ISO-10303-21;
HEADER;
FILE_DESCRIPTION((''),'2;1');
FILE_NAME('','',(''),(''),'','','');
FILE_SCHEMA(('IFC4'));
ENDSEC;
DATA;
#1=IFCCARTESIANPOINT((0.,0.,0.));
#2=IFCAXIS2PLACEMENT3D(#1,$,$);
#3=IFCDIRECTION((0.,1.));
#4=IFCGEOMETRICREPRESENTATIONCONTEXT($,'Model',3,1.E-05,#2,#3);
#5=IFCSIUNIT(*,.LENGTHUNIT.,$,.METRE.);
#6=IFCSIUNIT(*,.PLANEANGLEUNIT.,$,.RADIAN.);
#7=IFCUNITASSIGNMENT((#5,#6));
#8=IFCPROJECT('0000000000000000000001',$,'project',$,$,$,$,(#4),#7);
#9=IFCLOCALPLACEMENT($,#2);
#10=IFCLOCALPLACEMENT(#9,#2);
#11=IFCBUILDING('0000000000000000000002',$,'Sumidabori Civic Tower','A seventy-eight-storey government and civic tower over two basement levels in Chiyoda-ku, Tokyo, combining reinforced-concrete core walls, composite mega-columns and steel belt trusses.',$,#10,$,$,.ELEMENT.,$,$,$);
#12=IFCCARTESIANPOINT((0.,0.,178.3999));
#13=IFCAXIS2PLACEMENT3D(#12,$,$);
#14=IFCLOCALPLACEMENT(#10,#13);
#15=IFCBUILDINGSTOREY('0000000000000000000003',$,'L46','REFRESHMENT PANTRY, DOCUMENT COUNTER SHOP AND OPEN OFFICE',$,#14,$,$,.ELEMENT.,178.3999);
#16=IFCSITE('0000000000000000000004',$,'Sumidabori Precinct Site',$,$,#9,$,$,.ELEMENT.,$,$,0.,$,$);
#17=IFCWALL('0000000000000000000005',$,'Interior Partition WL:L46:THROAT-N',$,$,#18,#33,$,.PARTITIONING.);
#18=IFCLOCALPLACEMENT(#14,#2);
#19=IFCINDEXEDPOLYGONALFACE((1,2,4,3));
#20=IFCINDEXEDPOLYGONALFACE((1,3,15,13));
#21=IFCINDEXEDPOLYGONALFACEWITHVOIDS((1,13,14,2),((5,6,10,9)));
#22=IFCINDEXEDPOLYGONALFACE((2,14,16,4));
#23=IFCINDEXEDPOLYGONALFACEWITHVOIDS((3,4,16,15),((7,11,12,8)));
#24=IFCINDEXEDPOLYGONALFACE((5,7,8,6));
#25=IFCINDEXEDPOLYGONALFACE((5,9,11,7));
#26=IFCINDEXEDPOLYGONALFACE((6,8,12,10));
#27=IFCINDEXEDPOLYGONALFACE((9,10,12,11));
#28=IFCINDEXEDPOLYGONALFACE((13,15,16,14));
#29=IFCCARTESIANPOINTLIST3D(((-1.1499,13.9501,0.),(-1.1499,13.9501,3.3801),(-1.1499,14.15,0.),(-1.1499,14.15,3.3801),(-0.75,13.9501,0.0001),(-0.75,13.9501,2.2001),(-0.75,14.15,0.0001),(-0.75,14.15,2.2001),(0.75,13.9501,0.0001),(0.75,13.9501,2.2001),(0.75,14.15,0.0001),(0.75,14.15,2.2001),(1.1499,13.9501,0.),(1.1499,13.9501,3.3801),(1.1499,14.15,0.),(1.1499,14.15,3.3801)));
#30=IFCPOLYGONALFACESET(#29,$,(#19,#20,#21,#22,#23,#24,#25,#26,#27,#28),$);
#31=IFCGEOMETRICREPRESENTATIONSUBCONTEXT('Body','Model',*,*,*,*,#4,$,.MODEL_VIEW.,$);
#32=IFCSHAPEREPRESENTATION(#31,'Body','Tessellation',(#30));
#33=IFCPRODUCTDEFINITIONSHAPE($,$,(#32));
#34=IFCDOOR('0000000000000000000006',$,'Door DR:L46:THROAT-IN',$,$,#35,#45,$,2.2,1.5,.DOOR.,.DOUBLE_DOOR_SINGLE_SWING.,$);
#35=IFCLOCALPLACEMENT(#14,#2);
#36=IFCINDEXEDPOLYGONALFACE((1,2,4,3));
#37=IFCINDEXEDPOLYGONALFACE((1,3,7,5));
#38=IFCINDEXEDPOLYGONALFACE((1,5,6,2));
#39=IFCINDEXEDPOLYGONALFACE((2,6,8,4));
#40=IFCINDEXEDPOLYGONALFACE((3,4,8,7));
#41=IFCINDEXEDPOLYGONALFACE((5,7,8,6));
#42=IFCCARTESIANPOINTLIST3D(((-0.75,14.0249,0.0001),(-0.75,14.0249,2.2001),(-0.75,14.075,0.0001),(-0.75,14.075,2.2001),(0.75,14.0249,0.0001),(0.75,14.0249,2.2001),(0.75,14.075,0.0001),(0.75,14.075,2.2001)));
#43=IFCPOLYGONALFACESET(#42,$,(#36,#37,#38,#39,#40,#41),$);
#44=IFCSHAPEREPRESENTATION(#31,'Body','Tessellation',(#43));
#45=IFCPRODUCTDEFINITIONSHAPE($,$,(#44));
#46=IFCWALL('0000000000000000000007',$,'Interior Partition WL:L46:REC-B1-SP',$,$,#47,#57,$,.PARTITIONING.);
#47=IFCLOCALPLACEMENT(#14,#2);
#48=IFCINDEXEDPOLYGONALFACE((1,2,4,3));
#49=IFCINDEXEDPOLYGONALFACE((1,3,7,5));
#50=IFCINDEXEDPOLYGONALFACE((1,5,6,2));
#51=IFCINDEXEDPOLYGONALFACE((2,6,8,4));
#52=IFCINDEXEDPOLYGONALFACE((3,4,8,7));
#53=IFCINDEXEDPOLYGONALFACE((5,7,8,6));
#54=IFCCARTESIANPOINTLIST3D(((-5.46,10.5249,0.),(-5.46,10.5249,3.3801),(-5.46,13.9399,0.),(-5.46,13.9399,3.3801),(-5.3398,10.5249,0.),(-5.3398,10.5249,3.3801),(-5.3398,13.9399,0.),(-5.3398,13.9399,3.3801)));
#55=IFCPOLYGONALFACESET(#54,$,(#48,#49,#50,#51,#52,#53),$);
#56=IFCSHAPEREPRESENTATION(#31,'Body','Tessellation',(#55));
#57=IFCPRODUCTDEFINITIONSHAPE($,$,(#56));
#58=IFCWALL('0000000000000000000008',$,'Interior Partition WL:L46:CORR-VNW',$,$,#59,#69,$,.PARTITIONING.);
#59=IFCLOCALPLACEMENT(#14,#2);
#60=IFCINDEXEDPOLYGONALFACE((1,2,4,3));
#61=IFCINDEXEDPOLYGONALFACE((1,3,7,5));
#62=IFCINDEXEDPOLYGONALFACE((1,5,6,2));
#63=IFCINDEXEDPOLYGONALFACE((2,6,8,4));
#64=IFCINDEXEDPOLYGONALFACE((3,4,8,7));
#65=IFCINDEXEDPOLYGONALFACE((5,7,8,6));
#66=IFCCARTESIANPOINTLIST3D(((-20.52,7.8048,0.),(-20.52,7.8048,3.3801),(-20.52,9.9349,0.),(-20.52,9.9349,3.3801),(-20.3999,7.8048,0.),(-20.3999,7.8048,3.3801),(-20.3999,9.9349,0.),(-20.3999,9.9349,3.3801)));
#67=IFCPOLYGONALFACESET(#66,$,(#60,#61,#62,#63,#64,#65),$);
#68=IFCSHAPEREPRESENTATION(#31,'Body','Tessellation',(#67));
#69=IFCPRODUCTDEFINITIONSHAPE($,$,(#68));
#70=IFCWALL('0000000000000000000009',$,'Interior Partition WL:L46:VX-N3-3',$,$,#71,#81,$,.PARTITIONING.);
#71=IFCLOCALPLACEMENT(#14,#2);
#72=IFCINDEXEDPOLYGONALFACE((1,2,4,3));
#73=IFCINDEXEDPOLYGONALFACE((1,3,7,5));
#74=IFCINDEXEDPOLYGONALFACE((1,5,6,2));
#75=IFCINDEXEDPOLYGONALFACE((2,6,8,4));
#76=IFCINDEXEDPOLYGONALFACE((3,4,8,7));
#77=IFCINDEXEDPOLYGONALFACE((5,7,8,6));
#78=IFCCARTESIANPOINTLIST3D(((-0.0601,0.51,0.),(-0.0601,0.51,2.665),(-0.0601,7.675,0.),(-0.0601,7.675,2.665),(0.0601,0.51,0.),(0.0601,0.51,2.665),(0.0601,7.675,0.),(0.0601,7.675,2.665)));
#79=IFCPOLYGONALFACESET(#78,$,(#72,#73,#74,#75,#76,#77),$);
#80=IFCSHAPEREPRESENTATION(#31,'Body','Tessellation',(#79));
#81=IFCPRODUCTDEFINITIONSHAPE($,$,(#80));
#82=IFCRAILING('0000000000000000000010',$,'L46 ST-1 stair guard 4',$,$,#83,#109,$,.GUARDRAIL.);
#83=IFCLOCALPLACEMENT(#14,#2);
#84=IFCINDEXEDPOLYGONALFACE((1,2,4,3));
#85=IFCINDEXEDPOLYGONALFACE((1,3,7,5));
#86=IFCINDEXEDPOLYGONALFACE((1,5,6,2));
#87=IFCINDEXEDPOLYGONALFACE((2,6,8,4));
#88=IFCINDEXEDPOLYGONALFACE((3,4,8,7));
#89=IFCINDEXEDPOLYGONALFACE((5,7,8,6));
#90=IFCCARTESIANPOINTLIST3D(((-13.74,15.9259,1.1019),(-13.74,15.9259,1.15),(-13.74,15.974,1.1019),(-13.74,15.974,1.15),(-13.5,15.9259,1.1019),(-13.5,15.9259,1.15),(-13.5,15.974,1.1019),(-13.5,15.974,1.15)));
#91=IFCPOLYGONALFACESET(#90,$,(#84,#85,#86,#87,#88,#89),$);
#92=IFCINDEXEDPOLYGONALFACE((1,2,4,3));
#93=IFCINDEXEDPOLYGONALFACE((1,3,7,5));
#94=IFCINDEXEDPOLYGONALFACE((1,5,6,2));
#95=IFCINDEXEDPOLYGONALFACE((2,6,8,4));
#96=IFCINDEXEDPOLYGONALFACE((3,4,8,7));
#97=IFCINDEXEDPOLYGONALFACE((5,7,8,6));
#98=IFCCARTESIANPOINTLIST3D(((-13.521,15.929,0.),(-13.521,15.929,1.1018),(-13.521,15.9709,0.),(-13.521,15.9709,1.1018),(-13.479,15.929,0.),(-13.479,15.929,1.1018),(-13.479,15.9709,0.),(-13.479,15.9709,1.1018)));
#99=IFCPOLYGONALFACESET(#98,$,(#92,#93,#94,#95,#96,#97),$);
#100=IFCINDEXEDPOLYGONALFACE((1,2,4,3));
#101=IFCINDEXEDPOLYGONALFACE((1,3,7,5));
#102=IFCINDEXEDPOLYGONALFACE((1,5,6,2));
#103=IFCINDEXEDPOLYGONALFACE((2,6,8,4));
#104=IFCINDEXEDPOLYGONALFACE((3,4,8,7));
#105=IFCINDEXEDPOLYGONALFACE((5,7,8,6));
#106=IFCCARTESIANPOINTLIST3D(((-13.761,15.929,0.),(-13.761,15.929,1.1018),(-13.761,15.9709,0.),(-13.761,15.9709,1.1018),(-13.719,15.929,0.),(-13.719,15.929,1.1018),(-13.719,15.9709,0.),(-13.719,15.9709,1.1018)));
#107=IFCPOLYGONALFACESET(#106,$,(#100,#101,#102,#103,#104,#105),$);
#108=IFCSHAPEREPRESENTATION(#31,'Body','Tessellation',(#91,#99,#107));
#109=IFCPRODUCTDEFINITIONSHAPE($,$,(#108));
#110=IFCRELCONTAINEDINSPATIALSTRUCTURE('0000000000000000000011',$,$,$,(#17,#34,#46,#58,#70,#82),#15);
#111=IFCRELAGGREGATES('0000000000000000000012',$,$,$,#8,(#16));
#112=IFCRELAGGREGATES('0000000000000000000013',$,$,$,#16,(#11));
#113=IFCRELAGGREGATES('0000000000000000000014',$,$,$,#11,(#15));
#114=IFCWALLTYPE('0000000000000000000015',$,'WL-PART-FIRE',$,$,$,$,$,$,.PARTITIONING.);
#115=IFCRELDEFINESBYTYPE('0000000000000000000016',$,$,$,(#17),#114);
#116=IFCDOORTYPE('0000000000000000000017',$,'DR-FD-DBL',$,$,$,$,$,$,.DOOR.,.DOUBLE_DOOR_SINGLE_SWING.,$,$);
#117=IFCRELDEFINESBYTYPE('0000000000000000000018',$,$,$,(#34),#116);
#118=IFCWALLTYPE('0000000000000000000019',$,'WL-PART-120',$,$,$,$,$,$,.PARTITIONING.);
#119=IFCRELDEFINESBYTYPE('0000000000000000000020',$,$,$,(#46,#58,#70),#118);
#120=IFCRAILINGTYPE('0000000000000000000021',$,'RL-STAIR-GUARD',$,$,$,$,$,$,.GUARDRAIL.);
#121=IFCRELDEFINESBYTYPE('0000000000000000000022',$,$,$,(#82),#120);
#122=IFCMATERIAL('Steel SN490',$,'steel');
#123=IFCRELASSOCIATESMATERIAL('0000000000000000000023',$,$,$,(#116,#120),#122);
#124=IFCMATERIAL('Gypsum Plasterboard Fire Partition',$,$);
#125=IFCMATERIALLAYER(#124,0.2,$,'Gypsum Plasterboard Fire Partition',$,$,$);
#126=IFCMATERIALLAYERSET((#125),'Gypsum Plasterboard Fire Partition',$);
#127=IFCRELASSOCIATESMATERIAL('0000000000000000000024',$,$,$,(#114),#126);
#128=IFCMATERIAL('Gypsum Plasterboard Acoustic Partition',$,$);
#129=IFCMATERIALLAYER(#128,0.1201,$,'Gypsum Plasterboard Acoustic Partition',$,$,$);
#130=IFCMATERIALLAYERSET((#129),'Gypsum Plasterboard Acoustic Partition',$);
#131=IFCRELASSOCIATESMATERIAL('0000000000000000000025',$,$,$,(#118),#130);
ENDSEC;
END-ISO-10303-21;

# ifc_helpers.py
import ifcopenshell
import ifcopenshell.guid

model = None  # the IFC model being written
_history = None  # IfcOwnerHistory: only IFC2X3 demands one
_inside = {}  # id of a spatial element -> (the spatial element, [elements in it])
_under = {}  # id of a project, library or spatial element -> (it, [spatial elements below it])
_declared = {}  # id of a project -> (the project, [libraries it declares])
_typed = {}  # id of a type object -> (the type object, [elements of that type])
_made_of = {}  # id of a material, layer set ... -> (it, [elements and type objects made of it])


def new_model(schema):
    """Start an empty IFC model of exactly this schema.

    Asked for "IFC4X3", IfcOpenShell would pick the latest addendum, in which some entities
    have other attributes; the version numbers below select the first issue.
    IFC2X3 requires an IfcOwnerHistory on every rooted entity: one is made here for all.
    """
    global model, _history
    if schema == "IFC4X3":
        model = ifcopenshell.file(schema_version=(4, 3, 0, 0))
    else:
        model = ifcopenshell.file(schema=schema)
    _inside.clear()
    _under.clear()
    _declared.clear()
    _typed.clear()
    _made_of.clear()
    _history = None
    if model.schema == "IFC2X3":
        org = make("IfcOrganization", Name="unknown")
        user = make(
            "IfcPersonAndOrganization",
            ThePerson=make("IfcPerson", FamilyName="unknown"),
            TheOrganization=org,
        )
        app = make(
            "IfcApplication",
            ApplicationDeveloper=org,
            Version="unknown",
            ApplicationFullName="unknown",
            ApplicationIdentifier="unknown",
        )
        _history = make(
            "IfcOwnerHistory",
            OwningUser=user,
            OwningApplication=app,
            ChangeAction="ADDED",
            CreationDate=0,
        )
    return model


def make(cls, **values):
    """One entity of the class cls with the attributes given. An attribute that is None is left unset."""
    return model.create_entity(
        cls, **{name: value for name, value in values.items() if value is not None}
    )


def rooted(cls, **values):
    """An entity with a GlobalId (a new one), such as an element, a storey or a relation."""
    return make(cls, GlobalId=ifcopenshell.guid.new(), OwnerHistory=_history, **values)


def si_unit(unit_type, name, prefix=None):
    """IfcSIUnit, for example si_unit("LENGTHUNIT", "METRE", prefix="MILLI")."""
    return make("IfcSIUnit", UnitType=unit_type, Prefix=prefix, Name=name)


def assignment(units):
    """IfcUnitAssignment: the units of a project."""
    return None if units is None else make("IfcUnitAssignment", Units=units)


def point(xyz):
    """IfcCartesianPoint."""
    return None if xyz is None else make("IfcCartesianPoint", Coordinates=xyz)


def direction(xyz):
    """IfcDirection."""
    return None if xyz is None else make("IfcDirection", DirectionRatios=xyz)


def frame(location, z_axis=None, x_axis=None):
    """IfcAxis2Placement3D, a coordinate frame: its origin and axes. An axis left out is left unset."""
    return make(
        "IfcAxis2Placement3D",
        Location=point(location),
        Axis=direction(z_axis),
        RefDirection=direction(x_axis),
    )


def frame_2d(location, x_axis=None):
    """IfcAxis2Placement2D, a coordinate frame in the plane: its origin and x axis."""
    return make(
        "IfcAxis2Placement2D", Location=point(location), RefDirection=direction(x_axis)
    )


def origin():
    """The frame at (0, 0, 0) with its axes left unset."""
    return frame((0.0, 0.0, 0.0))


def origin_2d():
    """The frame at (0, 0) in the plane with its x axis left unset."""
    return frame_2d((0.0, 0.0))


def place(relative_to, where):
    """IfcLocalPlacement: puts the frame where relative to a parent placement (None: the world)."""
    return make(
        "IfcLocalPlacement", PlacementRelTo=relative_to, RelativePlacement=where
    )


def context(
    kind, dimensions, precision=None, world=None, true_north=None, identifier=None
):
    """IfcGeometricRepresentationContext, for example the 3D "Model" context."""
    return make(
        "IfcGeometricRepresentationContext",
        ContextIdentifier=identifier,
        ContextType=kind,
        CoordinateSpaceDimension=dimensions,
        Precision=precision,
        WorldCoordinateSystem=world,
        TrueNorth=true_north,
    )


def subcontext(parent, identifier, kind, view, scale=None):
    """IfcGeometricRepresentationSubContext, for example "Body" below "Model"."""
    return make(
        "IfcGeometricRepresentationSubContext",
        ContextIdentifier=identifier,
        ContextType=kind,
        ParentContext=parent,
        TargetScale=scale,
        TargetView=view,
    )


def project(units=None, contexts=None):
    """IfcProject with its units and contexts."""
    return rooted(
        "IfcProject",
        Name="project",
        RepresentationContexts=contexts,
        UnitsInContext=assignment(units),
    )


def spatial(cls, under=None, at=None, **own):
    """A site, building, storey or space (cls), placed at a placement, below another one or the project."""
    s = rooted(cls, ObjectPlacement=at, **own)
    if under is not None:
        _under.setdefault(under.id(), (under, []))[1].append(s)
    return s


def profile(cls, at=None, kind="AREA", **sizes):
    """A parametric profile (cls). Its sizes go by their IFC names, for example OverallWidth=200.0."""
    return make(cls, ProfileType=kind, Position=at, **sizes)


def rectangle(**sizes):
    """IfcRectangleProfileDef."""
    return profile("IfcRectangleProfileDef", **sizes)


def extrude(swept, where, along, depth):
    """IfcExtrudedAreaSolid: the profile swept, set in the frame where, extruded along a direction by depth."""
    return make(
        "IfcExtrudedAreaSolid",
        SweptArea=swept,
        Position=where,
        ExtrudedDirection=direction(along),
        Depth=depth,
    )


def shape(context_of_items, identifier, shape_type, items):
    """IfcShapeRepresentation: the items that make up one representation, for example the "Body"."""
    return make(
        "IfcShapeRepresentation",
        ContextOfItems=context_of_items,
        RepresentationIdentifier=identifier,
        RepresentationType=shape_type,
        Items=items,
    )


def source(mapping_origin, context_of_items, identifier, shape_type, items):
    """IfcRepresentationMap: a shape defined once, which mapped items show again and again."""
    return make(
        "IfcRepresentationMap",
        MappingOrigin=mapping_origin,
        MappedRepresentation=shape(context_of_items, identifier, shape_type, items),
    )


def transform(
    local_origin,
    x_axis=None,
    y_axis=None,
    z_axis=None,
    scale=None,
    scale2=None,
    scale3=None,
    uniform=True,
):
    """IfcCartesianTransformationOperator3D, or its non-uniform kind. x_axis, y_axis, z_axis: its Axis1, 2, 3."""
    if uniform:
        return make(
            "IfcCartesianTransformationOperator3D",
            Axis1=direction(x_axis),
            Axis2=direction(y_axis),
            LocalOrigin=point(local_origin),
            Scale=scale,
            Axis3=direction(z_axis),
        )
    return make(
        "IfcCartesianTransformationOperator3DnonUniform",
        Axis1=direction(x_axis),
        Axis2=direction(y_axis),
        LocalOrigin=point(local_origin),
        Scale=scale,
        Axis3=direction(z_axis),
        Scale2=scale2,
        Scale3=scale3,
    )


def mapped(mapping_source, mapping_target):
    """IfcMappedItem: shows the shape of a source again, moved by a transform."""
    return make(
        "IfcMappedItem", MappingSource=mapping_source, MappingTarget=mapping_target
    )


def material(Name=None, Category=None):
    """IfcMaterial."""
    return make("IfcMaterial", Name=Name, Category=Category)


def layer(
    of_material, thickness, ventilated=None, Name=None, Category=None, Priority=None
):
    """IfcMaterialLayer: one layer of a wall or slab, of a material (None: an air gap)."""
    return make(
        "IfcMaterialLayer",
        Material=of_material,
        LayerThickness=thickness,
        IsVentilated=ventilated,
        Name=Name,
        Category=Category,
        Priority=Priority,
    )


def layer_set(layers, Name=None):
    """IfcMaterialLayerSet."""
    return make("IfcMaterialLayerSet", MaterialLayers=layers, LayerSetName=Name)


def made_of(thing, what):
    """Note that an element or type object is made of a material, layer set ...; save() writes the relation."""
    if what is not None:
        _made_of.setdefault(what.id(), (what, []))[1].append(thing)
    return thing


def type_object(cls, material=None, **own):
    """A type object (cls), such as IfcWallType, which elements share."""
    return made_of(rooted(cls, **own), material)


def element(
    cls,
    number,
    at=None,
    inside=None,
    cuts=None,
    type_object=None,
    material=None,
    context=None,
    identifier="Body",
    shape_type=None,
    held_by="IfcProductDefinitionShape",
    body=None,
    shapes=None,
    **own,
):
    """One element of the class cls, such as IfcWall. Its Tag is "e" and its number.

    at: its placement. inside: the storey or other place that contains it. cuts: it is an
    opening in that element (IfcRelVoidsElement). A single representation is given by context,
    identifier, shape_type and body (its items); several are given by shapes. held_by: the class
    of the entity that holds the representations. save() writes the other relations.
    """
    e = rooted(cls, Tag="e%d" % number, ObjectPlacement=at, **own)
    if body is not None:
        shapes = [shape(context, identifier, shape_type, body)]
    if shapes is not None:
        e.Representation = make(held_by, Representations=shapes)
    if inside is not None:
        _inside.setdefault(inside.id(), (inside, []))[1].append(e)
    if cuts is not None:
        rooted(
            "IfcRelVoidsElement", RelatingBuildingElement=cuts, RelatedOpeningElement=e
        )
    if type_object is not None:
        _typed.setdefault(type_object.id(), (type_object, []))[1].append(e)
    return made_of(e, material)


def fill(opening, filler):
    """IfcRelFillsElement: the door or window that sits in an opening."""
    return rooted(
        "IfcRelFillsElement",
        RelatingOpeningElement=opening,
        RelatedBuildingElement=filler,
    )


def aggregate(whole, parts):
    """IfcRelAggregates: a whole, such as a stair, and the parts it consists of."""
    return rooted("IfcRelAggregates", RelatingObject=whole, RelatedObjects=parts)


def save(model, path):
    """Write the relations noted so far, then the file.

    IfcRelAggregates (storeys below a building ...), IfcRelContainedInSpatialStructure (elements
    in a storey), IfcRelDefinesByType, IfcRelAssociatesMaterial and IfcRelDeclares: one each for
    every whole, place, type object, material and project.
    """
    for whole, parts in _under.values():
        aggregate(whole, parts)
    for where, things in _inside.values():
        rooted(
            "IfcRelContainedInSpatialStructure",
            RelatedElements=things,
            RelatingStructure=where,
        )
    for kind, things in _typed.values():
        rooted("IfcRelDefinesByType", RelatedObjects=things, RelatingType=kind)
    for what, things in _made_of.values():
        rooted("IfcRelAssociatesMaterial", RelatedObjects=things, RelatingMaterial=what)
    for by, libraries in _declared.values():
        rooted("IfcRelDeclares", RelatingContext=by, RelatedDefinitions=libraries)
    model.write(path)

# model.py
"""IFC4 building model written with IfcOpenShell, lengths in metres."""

from ifc_helpers import new_model, si_unit, direction, frame, frame_2d, origin, origin_2d, place, context, subcontext, project, spatial, rectangle, extrude, source, transform, mapped, material, layer, layer_set, type_object, element, fill, save


model = new_model("IFC4")

# Units and contexts
model_context = context("Model", 3, precision=1e-05, world=origin(), true_north=direction((0.0, 1.0)))
body_context = subcontext(model_context, "Body", "Model", "MODEL_VIEW")
ifc_project = project(units=[si_unit("LENGTHUNIT", "METRE"), si_unit("PLANEANGLEUNIT", "RADIAN")], contexts=[model_context])

# Site, building, storey
site_placement = place(None, origin())
site = spatial("IfcSite", under=ifc_project, at=site_placement, Name="Sumidabori Precinct Site", CompositionType="ELEMENT", RefElevation=0.0)
building_placement = place(site_placement, origin())
building = spatial("IfcBuilding", under=site, at=building_placement, Name="Sumidabori Civic Tower", Description="A seventy-eight-storey government and civic tower over two basement levels in Chiyoda-ku, Tokyo, combining reinforced-concrete core walls, composite mega-columns and steel belt trusses.", CompositionType="ELEMENT")
storey_placement = place(building_placement, frame((0.0, 0.0, 178.3999)))
storey = spatial("IfcBuildingStorey", under=building, at=storey_placement, Name="L46", Description="REFRESHMENT PANTRY, DOCUMENT COUNTER SHOP AND OPEN OFFICE", CompositionType="ELEMENT", Elevation=178.3999)

# Shared definitions
ifc_material_1 = material(Name="Steel SN490", Category="steel")

# Shared definitions
door_type_1 = type_object("IfcDoorType", Name="DR-FD-DBL", OperationType="DOUBLE_DOOR_SINGLE_SWING", PredefinedType="DOOR", material=ifc_material_1)
shared_shape_1 = source(origin(), body_context, "Body", "SweptSolid", [
    extrude(rectangle(XDim=1.5, YDim=2.2, at=frame_2d((0.75, 1.1001))), frame((0.0, 0.0249, 0.0), z_axis=(0.0, -1.0, 0.0), x_axis=(1.0, 0.0, 0.0)), (0.0, 0.0, 1.0), 0.05),
])

# Shared definitions
ifc_material_2 = material(Name="Gypsum Plasterboard Fire Partition")
ifc_layer_1 = layer(ifc_material_2, 0.2, Name="Gypsum Plasterboard Fire Partition")
ifc_layer_set_1 = layer_set([ifc_layer_1], Name="Gypsum Plasterboard Fire Partition")
wall_type_1 = type_object("IfcWallType", Name="WL-PART-FIRE", PredefinedType="PARTITIONING", material=ifc_layer_set_1)

# Wall, opening, door
shared_shape_2 = source(origin(), body_context, "Body", "SweptSolid", [
    extrude(rectangle(XDim=2.2998, YDim=0.2, at=frame_2d((1.1499, 0.0))), origin(), (0.0, 0.0, 1.0), 3.3801),
])
wall_1_placement = place(storey_placement, frame((-1.1499, 14.05, 0.0), z_axis=(0.0, 0.0, 1.0), x_axis=(1.0, 0.0, 0.0)))
wall_1 = element("IfcWall", 1, at=wall_1_placement, inside=storey, type_object=wall_type_1, Name="Interior Partition WL:L46:THROAT-N", PredefinedType="PARTITIONING", context=body_context, shape_type="MappedRepresentation", body=[
    mapped(shared_shape_2, transform((0.0, 0.0, 0.0), x_axis=(1.0, 0.0, 0.0), y_axis=(0.0, 1.0, 0.0), z_axis=(0.0, 0.0, 1.0), scale=1.0)),
])
opening_1_placement = place(wall_1_placement, frame((0.3999, 0.0, 0.0)))
opening_1 = element("IfcOpeningElement", 2, at=opening_1_placement, cuts=wall_1, PredefinedType="OPENING", context=body_context, shape_type="SweptSolid", body=[
    extrude(rectangle(XDim=1.5, YDim=2.2, at=frame_2d((0.75, 1.1001))), frame((0.0, 0.1118, 0.0), z_axis=(0.0, -1.0, 0.0), x_axis=(1.0, 0.0, 0.0)), (0.0, 0.0, 1.0), 0.2239),
])
door_1_placement = place(opening_1_placement, origin())
door_1 = element("IfcDoor", 3, at=door_1_placement, inside=storey, type_object=door_type_1, Name="Door DR:L46:THROAT-IN", OperationType="DOUBLE_DOOR_SINGLE_SWING", OverallHeight=2.2, OverallWidth=1.5, PredefinedType="DOOR", context=body_context, shape_type="MappedRepresentation", body=[
    mapped(shared_shape_1, transform((0.0, 0.0, 0.0), x_axis=(1.0, 0.0, 0.0), y_axis=(0.0, 1.0, 0.0), z_axis=(0.0, 0.0, 1.0), scale=1.0)),
])
fill(opening_1, door_1)

# Walls
ifc_material_3 = material(Name="Gypsum Plasterboard Acoustic Partition")
ifc_layer_2 = layer(ifc_material_3, 0.1201, Name="Gypsum Plasterboard Acoustic Partition")
ifc_layer_set_2 = layer_set([ifc_layer_2], Name="Gypsum Plasterboard Acoustic Partition")
wall_type_2 = type_object("IfcWallType", Name="WL-PART-120", PredefinedType="PARTITIONING", material=ifc_layer_set_2)
shared_shape_3 = source(origin(), body_context, "Body", "SweptSolid", [
    extrude(rectangle(XDim=3.415, YDim=0.1201, at=frame_2d((1.7075, 0.0))), origin(), (0.0, 0.0, 1.0), 3.3801),
])
wall_2_placement = place(storey_placement, frame((-5.3999, 10.5249, 0.0), z_axis=(0.0, 0.0, 1.0), x_axis=(0.0, 1.0, 0.0)))
element("IfcWall", 4, at=wall_2_placement, inside=storey, type_object=wall_type_2, Name="Interior Partition WL:L46:REC-B1-SP", PredefinedType="PARTITIONING", context=body_context, shape_type="MappedRepresentation", body=[
    mapped(shared_shape_3, transform((0.0, 0.0, 0.0), x_axis=(1.0, 0.0, 0.0), y_axis=(0.0, 1.0, 0.0), z_axis=(0.0, 0.0, 1.0), scale=1.0)),
])
shared_shape_4 = source(origin(), body_context, "Body", "SweptSolid", [
    extrude(rectangle(XDim=2.1301, YDim=0.1201, at=frame_2d((1.0649, 0.0))), origin(), (0.0, 0.0, 1.0), 3.3801),
])
wall_3_placement = place(storey_placement, frame((-20.46, 7.8049, 0.0), z_axis=(0.0, 0.0, 1.0), x_axis=(0.0, 1.0, 0.0)))
element("IfcWall", 5, at=wall_3_placement, inside=storey, type_object=wall_type_2, Name="Interior Partition WL:L46:CORR-VNW", PredefinedType="PARTITIONING", context=body_context, shape_type="MappedRepresentation", body=[
    mapped(shared_shape_4, transform((0.0, 0.0, 0.0), x_axis=(1.0, 0.0, 0.0), y_axis=(0.0, 1.0, 0.0), z_axis=(0.0, 0.0, 1.0), scale=1.0)),
])
shared_shape_5 = source(origin(), body_context, "Body", "SweptSolid", [
    extrude(rectangle(XDim=7.165, YDim=0.1201, at=frame_2d((3.5825, 0.0))), origin(), (0.0, 0.0, 1.0), 2.665),
])
wall_4_placement = place(storey_placement, frame((0.0, 0.51, 0.0), z_axis=(0.0, 0.0, 1.0), x_axis=(0.0, 1.0, 0.0)))
element("IfcWall", 6, at=wall_4_placement, inside=storey, type_object=wall_type_2, Name="Interior Partition WL:L46:VX-N3-3", PredefinedType="PARTITIONING", context=body_context, shape_type="MappedRepresentation", body=[
    mapped(shared_shape_5, transform((0.0, 0.0, 0.0), x_axis=(1.0, 0.0, 0.0), y_axis=(0.0, 1.0, 0.0), z_axis=(0.0, 0.0, 1.0), scale=1.0)),
])

# Railing
railing_type = type_object("IfcRailingType", Name="RL-STAIR-GUARD", PredefinedType="GUARDRAIL", material=ifc_material_1)
railing_placement = place(storey_placement, frame((-13.5, 15.95, 0.0)))
element("IfcRailing", 7, at=railing_placement, inside=storey, type_object=railing_type, Name="L46 ST-1 stair guard 4", PredefinedType="GUARDRAIL", context=body_context, shape_type="SweptSolid", body=[
    extrude(rectangle(XDim=0.0481, YDim=0.0481, at=origin_2d()), frame((0.0, 0.0, 1.126), z_axis=(-1.0, 0.0, 0.0), x_axis=(0.0, -1.0, 0.0)), (0.0, 0.0, 1.0), 0.24),
    extrude(rectangle(XDim=0.042, YDim=0.042, at=origin_2d()), origin(), (0.0, 0.0, 1.0), 1.1018),
    extrude(rectangle(XDim=0.042, YDim=0.042, at=origin_2d()), frame((-0.24, 0.0, 0.0)), (0.0, 0.0, 1.0), 1.1018),
])

save(model, "model.ifc")
